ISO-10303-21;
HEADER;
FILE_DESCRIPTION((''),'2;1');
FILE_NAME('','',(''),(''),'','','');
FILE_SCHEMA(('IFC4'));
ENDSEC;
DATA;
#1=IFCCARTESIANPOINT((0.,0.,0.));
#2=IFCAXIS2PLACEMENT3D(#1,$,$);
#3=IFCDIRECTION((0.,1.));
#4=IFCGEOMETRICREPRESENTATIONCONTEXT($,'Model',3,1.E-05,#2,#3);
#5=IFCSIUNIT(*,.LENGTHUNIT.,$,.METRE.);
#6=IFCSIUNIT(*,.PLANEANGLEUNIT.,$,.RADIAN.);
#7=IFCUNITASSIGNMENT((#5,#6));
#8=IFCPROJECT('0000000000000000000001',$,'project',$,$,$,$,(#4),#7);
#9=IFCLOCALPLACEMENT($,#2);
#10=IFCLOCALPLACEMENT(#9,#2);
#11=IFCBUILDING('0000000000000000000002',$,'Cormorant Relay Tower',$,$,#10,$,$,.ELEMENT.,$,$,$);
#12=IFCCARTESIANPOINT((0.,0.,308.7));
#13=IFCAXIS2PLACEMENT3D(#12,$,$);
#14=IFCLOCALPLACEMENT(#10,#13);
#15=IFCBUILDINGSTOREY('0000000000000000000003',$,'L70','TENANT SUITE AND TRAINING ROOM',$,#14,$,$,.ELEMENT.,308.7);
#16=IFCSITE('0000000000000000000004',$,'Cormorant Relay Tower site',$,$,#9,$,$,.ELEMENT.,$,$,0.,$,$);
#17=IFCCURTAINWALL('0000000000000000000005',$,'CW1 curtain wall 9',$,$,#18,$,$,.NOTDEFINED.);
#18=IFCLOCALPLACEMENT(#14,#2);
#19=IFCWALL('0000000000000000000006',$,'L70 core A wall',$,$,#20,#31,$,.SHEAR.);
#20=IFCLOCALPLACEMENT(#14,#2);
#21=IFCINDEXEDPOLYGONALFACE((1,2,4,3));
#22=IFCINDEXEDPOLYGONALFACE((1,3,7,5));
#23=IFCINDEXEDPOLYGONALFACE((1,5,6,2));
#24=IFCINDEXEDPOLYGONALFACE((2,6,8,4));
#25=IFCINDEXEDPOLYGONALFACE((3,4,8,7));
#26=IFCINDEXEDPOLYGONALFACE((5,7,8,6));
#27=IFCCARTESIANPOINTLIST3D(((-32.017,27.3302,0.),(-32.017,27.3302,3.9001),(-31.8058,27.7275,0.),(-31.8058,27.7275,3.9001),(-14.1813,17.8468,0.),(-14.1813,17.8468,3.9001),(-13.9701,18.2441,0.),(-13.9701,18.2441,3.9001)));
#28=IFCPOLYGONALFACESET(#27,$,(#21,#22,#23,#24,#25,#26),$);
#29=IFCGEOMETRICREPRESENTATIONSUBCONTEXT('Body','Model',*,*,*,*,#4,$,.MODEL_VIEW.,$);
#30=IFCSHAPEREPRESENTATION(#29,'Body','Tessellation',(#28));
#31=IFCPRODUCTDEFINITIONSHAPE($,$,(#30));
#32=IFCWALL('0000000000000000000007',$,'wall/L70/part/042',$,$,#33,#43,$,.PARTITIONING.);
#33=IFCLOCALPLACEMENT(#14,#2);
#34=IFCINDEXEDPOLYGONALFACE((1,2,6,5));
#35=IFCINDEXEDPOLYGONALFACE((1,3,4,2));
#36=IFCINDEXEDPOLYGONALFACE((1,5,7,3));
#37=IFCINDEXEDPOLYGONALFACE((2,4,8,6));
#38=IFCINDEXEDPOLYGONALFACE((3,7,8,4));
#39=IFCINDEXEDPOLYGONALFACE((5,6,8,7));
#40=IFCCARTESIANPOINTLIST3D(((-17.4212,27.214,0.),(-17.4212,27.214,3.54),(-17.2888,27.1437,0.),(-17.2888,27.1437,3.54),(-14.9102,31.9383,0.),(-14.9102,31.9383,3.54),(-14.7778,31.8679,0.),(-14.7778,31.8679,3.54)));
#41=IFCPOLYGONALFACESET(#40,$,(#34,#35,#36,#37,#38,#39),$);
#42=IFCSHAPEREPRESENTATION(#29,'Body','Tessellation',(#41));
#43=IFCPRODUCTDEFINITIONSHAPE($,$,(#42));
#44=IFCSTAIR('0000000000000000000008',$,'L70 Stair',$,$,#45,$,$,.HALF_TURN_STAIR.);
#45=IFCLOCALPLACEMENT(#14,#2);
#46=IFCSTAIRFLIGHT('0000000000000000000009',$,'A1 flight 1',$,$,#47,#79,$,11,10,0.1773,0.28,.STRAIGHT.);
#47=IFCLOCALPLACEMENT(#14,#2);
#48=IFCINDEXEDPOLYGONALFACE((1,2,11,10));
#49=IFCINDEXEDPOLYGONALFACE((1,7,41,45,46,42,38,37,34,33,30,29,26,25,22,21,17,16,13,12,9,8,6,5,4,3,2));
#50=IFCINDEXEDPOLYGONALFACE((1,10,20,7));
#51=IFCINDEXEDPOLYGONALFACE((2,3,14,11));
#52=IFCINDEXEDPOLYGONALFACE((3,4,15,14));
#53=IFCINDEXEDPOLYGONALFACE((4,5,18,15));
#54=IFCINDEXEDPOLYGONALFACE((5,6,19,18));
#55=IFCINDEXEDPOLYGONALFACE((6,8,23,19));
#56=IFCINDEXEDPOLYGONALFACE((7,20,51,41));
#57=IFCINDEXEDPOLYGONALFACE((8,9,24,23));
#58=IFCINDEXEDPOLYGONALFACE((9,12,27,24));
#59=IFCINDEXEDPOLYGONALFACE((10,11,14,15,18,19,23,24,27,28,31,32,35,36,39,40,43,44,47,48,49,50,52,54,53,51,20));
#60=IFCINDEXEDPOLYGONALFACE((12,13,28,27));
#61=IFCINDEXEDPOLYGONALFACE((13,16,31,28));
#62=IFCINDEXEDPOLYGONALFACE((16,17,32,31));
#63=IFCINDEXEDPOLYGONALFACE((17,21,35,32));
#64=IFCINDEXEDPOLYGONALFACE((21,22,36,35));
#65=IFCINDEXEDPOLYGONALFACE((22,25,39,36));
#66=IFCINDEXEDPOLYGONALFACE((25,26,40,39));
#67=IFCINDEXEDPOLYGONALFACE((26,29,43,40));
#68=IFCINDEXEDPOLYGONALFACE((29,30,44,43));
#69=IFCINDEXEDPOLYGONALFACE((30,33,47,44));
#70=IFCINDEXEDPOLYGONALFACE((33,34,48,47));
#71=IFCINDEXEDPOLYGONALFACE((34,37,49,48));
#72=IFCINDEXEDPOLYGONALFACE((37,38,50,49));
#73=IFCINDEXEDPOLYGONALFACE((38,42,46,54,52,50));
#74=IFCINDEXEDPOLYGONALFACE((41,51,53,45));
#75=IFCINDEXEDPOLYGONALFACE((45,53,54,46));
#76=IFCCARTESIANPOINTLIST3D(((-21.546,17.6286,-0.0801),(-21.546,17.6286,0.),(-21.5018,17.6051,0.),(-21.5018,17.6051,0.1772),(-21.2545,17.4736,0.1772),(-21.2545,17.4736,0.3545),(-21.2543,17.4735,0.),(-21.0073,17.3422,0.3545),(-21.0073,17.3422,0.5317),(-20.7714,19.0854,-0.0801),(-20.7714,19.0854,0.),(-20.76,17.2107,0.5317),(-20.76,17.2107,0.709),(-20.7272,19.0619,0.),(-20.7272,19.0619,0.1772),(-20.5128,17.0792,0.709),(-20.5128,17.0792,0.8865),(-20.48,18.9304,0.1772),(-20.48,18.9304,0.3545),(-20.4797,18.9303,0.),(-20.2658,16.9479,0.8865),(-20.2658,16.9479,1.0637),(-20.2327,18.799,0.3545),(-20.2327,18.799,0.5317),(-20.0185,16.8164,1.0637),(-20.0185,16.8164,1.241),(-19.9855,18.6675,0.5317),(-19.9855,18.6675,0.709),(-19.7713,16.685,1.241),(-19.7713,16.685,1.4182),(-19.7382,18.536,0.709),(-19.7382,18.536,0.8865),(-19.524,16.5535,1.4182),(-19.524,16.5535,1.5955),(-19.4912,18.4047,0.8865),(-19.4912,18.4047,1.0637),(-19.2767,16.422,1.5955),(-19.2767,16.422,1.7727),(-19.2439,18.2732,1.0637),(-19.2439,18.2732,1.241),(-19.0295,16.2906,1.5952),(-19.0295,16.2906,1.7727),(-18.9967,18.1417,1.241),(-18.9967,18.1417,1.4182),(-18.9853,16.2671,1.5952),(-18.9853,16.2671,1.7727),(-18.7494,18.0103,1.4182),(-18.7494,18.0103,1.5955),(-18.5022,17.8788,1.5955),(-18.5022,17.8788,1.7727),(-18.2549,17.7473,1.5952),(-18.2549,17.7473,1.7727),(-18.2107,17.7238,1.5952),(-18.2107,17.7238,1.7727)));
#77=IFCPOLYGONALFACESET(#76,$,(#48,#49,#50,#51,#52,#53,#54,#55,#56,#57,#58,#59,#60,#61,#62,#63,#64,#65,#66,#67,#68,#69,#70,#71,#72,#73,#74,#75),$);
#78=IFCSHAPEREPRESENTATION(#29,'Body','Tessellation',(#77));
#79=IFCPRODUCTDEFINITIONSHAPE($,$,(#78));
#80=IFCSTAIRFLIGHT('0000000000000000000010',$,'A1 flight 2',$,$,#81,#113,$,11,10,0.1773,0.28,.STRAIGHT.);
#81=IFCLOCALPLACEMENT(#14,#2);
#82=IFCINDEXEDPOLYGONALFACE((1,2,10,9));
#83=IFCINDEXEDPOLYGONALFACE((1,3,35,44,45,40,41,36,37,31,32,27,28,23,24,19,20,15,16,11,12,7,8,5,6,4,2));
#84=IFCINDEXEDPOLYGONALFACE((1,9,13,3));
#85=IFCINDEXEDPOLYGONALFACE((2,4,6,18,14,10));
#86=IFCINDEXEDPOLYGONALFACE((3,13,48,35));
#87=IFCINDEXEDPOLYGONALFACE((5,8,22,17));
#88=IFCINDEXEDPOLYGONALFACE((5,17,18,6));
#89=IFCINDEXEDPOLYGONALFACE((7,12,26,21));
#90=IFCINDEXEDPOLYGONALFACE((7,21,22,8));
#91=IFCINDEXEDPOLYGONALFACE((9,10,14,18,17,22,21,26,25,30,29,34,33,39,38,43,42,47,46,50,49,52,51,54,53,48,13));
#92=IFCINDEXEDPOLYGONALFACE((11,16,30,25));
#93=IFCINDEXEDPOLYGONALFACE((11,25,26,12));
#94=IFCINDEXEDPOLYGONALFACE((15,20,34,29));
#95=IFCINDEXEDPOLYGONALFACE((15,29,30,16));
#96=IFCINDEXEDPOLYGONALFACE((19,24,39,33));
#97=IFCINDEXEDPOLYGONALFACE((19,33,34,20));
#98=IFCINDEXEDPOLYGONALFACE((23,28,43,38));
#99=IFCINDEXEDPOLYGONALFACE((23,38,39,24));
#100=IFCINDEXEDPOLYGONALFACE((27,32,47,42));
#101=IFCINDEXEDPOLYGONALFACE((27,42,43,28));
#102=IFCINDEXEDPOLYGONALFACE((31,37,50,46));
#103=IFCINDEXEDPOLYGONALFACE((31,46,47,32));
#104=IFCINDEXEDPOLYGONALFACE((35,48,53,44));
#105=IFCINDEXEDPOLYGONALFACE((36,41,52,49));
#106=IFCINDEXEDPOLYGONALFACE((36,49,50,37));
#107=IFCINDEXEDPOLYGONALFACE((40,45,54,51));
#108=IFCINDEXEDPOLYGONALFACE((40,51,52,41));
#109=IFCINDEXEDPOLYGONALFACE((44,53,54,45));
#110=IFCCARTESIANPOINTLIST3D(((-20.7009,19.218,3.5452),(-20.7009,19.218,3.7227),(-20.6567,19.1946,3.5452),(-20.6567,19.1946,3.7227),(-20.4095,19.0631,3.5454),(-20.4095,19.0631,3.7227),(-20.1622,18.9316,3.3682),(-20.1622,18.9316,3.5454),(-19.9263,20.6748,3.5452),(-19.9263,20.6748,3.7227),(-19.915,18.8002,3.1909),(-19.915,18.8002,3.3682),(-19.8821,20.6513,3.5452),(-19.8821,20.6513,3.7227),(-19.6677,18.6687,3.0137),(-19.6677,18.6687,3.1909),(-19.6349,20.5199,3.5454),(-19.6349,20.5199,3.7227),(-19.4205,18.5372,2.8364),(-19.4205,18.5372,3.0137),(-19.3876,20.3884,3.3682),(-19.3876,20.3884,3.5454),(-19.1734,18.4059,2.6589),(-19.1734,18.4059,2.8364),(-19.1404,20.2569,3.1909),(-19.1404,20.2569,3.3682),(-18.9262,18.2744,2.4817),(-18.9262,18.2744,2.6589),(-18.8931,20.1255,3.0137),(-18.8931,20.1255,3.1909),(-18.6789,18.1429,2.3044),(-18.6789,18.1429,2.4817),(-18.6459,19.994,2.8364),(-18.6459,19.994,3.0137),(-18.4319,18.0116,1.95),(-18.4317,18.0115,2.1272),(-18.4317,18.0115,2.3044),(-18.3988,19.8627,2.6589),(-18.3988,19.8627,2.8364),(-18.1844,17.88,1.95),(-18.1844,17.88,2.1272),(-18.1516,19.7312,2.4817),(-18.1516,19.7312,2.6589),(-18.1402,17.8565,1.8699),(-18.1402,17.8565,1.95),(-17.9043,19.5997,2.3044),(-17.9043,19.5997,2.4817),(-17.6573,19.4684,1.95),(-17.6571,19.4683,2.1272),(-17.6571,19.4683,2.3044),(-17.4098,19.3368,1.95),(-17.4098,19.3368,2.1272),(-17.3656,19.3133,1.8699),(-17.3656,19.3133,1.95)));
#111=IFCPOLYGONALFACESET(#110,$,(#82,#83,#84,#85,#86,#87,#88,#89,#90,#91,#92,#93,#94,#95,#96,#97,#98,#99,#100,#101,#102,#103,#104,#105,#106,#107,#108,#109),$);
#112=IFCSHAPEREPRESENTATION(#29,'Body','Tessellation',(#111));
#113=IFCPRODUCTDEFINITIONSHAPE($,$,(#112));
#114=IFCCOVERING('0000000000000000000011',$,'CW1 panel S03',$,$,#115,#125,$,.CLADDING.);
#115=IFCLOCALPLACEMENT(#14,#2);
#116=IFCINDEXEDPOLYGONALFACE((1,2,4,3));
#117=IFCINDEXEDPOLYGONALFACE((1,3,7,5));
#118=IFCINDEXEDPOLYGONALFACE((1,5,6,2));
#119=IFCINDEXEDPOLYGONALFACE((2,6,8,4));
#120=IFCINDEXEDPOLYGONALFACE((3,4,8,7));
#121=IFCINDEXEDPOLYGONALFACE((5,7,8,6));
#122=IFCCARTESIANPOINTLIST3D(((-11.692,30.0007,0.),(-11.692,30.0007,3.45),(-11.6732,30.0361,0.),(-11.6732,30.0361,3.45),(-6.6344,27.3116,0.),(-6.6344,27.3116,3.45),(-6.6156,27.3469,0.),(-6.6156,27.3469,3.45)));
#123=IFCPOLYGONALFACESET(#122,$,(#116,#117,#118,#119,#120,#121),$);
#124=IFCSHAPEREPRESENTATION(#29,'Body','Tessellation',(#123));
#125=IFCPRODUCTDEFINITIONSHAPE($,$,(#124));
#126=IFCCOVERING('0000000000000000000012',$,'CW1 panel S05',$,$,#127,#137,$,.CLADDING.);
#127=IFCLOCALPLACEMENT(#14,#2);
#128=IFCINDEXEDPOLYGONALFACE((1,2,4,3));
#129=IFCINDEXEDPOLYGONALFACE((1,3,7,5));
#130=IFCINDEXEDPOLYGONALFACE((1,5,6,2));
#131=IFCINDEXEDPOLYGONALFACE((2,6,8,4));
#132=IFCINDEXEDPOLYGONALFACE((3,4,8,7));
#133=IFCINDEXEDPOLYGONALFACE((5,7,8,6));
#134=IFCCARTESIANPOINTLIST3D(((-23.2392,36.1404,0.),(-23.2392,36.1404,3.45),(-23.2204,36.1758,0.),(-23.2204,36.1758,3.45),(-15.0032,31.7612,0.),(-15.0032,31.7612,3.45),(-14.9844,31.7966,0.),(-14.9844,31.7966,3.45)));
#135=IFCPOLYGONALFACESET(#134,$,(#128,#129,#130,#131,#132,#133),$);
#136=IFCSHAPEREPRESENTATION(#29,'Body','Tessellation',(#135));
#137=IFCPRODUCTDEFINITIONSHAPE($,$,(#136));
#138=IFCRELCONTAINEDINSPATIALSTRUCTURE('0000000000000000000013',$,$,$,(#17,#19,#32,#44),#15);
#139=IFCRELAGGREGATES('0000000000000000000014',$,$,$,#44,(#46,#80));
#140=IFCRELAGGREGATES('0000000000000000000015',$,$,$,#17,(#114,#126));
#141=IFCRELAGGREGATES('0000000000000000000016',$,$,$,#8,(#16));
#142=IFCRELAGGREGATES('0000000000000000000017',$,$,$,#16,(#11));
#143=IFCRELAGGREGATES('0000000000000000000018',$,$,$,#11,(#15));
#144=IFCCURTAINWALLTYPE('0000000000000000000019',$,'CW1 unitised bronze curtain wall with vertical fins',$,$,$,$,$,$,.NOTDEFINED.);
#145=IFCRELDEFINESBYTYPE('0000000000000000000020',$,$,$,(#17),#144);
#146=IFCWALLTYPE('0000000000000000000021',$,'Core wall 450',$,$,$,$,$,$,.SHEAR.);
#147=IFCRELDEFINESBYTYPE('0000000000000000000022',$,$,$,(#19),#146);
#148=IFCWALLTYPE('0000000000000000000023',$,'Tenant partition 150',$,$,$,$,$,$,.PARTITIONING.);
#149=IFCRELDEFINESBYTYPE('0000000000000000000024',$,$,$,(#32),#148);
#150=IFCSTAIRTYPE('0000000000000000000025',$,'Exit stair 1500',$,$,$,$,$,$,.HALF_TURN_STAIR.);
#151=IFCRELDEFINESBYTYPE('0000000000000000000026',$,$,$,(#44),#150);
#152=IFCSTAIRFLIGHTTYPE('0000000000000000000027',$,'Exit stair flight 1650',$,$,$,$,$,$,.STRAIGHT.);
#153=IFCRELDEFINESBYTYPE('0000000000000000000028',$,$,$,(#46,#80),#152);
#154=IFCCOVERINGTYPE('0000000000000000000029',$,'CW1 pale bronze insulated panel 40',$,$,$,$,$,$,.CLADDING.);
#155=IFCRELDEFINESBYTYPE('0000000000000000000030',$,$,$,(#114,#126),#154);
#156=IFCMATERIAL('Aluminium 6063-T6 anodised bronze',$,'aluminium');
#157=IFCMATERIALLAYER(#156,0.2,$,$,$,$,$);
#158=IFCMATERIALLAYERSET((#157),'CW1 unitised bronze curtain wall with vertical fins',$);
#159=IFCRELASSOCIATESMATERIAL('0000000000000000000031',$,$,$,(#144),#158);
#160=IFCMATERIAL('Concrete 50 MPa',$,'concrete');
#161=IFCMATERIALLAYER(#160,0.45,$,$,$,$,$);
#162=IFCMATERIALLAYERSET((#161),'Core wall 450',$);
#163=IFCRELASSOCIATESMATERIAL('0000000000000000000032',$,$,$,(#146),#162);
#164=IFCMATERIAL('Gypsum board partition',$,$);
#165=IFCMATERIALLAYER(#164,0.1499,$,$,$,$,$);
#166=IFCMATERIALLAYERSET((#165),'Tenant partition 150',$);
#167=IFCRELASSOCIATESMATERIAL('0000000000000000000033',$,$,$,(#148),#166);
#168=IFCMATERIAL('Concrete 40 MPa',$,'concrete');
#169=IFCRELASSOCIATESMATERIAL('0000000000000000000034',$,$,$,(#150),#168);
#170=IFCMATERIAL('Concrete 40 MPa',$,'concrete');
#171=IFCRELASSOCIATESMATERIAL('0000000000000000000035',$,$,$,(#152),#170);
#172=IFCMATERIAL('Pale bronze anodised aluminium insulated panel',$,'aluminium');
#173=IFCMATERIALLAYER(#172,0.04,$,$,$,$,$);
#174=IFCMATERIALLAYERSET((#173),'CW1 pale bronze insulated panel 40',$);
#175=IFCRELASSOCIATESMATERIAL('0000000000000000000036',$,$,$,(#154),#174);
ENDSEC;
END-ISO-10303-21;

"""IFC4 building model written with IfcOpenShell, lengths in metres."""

from ifc_helpers import new_model, si_unit, direction, frame, frame_2d, origin, origin_2d, place, context, subcontext, project, spatial, polyline, rectangle, outline, extrude, material, layer, layer_set, type_object, element, aggregate, save


model = new_model("IFC4")

# Units and contexts
model_context = context("Model", 3, precision=1e-05, world=origin(), true_north=direction((0.0, 1.0)))
body_context = subcontext(model_context, "Body", "Model", "MODEL_VIEW")
ifc_project = project(units=[si_unit("LENGTHUNIT", "METRE"), si_unit("PLANEANGLEUNIT", "RADIAN")], contexts=[model_context])

# Site, building, storey
site_placement = place(None, origin())
site = spatial("IfcSite", under=ifc_project, at=site_placement, Name="Cormorant Relay Tower site", CompositionType="ELEMENT", RefElevation=0.0)
building_placement = place(site_placement, origin())
building = spatial("IfcBuilding", under=site, at=building_placement, Name="Cormorant Relay Tower", CompositionType="ELEMENT")
storey_placement = place(building_placement, frame((0.0, 0.0, 308.7)))
storey = spatial("IfcBuildingStorey", under=building, at=storey_placement, Name="L70", Description="TENANT SUITE AND TRAINING ROOM", CompositionType="ELEMENT", Elevation=308.7)

# Curtain wall
ifc_material_1 = material(Name="Aluminium 6063-T6 anodised bronze", Category="aluminium")
ifc_layer_1 = layer(ifc_material_1, 0.2)
ifc_layer_set_1 = layer_set([ifc_layer_1], Name="CW1 unitised bronze curtain wall with vertical fins")
curtain_wall_type = type_object("IfcCurtainWallType", Name="CW1 unitised bronze curtain wall with vertical fins", PredefinedType="NOTDEFINED", material=ifc_layer_set_1)
curtain_wall_placement = place(storey_placement, origin())
curtain_wall = element("IfcCurtainWall", 1, at=curtain_wall_placement, inside=storey, type_object=curtain_wall_type, Name="CW1 curtain wall 9", PredefinedType="NOTDEFINED")

# Shared definitions
ifc_material_2 = material(Name="Concrete 50 MPa", Category="concrete")
ifc_layer_2 = layer(ifc_material_2, 0.45)
ifc_layer_set_2 = layer_set([ifc_layer_2], Name="Core wall 450")
wall_type_1 = type_object("IfcWallType", Name="Core wall 450", PredefinedType="SHEAR", material=ifc_layer_set_2)

# Walls
wall_1_placement = place(storey_placement, frame((-14.0757, 18.0454, 0.0), z_axis=(0.0, 0.0, 1.0), x_axis=(-0.882948, 0.469471, 0.0)))
element("IfcWall", 2, at=wall_1_placement, inside=storey, type_object=wall_type_1, Name="L70 core A wall", PredefinedType="SHEAR", context=body_context, shape_type="SweptSolid", body=[
    extrude(rectangle(XDim=20.2002, YDim=0.45, at=frame_2d((10.1001, 0.0))), origin(), (0.0, 0.0, 1.0), 3.9001),
])
ifc_material_3 = material(Name="Gypsum board partition")
ifc_layer_3 = layer(ifc_material_3, 0.1499)
ifc_layer_set_3 = layer_set([ifc_layer_3], Name="Tenant partition 150")
wall_type_2 = type_object("IfcWallType", Name="Tenant partition 150", PredefinedType="PARTITIONING", material=ifc_layer_set_3)
wall_2_placement = place(storey_placement, frame((-14.844, 31.9031, 0.0), z_axis=(0.0, 0.0, 1.0), x_axis=(-0.469344, -0.883015, 0.0)))
element("IfcWall", 3, at=wall_2_placement, inside=storey, type_object=wall_type_2, Name="wall/L70/part/042", PredefinedType="PARTITIONING", context=body_context, shape_type="SweptSolid", body=[
    extrude(rectangle(XDim=5.3501, YDim=0.1499, at=frame_2d((2.675, 0.0))), origin(), (0.0, 0.0, 1.0), 3.54),
])

# Stair, stair flights
ifc_material_4 = material(Name="Concrete 40 MPa", Category="concrete")
stair_type = type_object("IfcStairType", Name="Exit stair 1500", PredefinedType="HALF_TURN_STAIR", material=ifc_material_4)
stair_placement = place(storey_placement, origin())
stair = element("IfcStair", 4, at=stair_placement, inside=storey, type_object=stair_type, Name="L70 Stair", PredefinedType="HALF_TURN_STAIR")
ifc_material_5 = material(Name="Concrete 40 MPa", Category="concrete")
stair_flight_type = type_object("IfcStairFlightType", Name="Exit stair flight 1650", PredefinedType="STRAIGHT", material=ifc_material_5)
stair_flight_1_placement = place(storey_placement, frame((-21.1145, 18.3335, 0.0), z_axis=(0.0, 0.0, 1.0), x_axis=(0.882948, -0.469472, 0.0)))
stair_flight_1 = element("IfcStairFlight", 5, at=stair_flight_1_placement, type_object=stair_flight_type, Name="A1 flight 1", NumberOfRisers=11, NumberOfTreads=10, PredefinedType="STRAIGHT", RiserHeight=0.1773, TreadLength=0.28, context=body_context, shape_type="SweptSolid", body=[
    extrude(outline(polyline([(-0.05, -0.0801), (-0.05, 0.0), (0.0, 0.0), (0.0, 0.1772), (0.28, 0.1772), (0.28, 0.3545), (0.5601, 0.3545), (0.5601, 0.5317), (0.8401, 0.5317), (0.8401, 0.709), (1.1201, 0.709), (1.1201, 0.8865), (1.3999, 0.8865), (1.3999, 1.0637), (1.6799, 1.0637), (1.6799, 1.241), (1.96, 1.241), (1.96, 1.4182), (2.24, 1.4182), (2.24, 1.5955), (2.52, 1.5955), (2.52, 1.7727), (2.8, 1.7727), (2.8501, 1.7727), (2.8501, 1.5952), (2.8, 1.5952), (0.2803, 0.0), (-0.05, -0.0801)])), frame((0.0, 0.825, 0.0), z_axis=(0.0, -1.0, 0.0), x_axis=(1.0, 0.0, 0.0)), (0.0, 0.0, 1.0), 1.6499),
])
stair_flight_2_placement = place(storey_placement, frame((-17.7971, 18.6084, 1.95), z_axis=(0.0, 0.0, 1.0), x_axis=(-0.882948, 0.469472, 0.0)))
stair_flight_2 = element("IfcStairFlight", 6, at=stair_flight_2_placement, type_object=stair_flight_type, Name="A1 flight 2", NumberOfRisers=11, NumberOfTreads=10, PredefinedType="STRAIGHT", RiserHeight=0.1773, TreadLength=0.28, context=body_context, shape_type="SweptSolid", body=[
    extrude(outline(polyline([(-0.05, -0.0801), (-0.05, 0.0), (0.0, 0.0), (0.0, 0.1772), (0.28, 0.1772), (0.28, 0.3545), (0.5601, 0.3545), (0.5601, 0.5317), (0.8401, 0.5317), (0.8401, 0.709), (1.1201, 0.709), (1.1201, 0.8865), (1.3999, 0.8865), (1.3999, 1.0637), (1.6799, 1.0637), (1.6799, 1.241), (1.96, 1.241), (1.96, 1.4182), (2.24, 1.4182), (2.24, 1.5955), (2.52, 1.5955), (2.52, 1.7727), (2.8, 1.7727), (2.8501, 1.7727), (2.8501, 1.5952), (2.8, 1.5952), (0.2803, 0.0), (-0.05, -0.0801)])), frame((0.0, 0.825, 0.0), z_axis=(0.0, -1.0, 0.0), x_axis=(1.0, 0.0, 0.0)), (0.0, 0.0, 1.0), 1.6499),
])
aggregate(stair, [stair_flight_1, stair_flight_2])

# Coverings
ifc_material_6 = material(Name="Pale bronze anodised aluminium insulated panel", Category="aluminium")
ifc_layer_4 = layer(ifc_material_6, 0.04)
ifc_layer_set_4 = layer_set([ifc_layer_4], Name="CW1 pale bronze insulated panel 40")
covering_type = type_object("IfcCoveringType", Name="CW1 pale bronze insulated panel 40", PredefinedType="CLADDING", material=ifc_layer_set_4)
covering_1_placement = place(storey_placement, frame((-9.1538, 28.6738, 0.0), z_axis=(0.0, 0.0, 1.0), x_axis=(-0.882948, 0.469472, 0.0)))
covering_1 = element("IfcCovering", 7, at=covering_1_placement, type_object=covering_type, Name="CW1 panel S03", PredefinedType="CLADDING", context=body_context, shape_type="SweptSolid", body=[
    extrude(rectangle(XDim=5.728, YDim=0.04, at=origin_2d()), origin(), (0.0, 0.0, 1.0), 3.45),
])
covering_2_placement = place(storey_placement, frame((-19.1118, 33.9685, 0.0), z_axis=(0.0, 0.0, 1.0), x_axis=(-0.882948, 0.469472, 0.0)))
covering_2 = element("IfcCovering", 8, at=covering_2_placement, type_object=covering_type, Name="CW1 panel S05", PredefinedType="CLADDING", context=body_context, shape_type="SweptSolid", body=[
    extrude(rectangle(XDim=9.3279, YDim=0.04, at=origin_2d()), origin(), (0.0, 0.0, 1.0), 3.45),
])
aggregate(curtain_wall, [covering_1, covering_2])

save(model, "model.ifc")
